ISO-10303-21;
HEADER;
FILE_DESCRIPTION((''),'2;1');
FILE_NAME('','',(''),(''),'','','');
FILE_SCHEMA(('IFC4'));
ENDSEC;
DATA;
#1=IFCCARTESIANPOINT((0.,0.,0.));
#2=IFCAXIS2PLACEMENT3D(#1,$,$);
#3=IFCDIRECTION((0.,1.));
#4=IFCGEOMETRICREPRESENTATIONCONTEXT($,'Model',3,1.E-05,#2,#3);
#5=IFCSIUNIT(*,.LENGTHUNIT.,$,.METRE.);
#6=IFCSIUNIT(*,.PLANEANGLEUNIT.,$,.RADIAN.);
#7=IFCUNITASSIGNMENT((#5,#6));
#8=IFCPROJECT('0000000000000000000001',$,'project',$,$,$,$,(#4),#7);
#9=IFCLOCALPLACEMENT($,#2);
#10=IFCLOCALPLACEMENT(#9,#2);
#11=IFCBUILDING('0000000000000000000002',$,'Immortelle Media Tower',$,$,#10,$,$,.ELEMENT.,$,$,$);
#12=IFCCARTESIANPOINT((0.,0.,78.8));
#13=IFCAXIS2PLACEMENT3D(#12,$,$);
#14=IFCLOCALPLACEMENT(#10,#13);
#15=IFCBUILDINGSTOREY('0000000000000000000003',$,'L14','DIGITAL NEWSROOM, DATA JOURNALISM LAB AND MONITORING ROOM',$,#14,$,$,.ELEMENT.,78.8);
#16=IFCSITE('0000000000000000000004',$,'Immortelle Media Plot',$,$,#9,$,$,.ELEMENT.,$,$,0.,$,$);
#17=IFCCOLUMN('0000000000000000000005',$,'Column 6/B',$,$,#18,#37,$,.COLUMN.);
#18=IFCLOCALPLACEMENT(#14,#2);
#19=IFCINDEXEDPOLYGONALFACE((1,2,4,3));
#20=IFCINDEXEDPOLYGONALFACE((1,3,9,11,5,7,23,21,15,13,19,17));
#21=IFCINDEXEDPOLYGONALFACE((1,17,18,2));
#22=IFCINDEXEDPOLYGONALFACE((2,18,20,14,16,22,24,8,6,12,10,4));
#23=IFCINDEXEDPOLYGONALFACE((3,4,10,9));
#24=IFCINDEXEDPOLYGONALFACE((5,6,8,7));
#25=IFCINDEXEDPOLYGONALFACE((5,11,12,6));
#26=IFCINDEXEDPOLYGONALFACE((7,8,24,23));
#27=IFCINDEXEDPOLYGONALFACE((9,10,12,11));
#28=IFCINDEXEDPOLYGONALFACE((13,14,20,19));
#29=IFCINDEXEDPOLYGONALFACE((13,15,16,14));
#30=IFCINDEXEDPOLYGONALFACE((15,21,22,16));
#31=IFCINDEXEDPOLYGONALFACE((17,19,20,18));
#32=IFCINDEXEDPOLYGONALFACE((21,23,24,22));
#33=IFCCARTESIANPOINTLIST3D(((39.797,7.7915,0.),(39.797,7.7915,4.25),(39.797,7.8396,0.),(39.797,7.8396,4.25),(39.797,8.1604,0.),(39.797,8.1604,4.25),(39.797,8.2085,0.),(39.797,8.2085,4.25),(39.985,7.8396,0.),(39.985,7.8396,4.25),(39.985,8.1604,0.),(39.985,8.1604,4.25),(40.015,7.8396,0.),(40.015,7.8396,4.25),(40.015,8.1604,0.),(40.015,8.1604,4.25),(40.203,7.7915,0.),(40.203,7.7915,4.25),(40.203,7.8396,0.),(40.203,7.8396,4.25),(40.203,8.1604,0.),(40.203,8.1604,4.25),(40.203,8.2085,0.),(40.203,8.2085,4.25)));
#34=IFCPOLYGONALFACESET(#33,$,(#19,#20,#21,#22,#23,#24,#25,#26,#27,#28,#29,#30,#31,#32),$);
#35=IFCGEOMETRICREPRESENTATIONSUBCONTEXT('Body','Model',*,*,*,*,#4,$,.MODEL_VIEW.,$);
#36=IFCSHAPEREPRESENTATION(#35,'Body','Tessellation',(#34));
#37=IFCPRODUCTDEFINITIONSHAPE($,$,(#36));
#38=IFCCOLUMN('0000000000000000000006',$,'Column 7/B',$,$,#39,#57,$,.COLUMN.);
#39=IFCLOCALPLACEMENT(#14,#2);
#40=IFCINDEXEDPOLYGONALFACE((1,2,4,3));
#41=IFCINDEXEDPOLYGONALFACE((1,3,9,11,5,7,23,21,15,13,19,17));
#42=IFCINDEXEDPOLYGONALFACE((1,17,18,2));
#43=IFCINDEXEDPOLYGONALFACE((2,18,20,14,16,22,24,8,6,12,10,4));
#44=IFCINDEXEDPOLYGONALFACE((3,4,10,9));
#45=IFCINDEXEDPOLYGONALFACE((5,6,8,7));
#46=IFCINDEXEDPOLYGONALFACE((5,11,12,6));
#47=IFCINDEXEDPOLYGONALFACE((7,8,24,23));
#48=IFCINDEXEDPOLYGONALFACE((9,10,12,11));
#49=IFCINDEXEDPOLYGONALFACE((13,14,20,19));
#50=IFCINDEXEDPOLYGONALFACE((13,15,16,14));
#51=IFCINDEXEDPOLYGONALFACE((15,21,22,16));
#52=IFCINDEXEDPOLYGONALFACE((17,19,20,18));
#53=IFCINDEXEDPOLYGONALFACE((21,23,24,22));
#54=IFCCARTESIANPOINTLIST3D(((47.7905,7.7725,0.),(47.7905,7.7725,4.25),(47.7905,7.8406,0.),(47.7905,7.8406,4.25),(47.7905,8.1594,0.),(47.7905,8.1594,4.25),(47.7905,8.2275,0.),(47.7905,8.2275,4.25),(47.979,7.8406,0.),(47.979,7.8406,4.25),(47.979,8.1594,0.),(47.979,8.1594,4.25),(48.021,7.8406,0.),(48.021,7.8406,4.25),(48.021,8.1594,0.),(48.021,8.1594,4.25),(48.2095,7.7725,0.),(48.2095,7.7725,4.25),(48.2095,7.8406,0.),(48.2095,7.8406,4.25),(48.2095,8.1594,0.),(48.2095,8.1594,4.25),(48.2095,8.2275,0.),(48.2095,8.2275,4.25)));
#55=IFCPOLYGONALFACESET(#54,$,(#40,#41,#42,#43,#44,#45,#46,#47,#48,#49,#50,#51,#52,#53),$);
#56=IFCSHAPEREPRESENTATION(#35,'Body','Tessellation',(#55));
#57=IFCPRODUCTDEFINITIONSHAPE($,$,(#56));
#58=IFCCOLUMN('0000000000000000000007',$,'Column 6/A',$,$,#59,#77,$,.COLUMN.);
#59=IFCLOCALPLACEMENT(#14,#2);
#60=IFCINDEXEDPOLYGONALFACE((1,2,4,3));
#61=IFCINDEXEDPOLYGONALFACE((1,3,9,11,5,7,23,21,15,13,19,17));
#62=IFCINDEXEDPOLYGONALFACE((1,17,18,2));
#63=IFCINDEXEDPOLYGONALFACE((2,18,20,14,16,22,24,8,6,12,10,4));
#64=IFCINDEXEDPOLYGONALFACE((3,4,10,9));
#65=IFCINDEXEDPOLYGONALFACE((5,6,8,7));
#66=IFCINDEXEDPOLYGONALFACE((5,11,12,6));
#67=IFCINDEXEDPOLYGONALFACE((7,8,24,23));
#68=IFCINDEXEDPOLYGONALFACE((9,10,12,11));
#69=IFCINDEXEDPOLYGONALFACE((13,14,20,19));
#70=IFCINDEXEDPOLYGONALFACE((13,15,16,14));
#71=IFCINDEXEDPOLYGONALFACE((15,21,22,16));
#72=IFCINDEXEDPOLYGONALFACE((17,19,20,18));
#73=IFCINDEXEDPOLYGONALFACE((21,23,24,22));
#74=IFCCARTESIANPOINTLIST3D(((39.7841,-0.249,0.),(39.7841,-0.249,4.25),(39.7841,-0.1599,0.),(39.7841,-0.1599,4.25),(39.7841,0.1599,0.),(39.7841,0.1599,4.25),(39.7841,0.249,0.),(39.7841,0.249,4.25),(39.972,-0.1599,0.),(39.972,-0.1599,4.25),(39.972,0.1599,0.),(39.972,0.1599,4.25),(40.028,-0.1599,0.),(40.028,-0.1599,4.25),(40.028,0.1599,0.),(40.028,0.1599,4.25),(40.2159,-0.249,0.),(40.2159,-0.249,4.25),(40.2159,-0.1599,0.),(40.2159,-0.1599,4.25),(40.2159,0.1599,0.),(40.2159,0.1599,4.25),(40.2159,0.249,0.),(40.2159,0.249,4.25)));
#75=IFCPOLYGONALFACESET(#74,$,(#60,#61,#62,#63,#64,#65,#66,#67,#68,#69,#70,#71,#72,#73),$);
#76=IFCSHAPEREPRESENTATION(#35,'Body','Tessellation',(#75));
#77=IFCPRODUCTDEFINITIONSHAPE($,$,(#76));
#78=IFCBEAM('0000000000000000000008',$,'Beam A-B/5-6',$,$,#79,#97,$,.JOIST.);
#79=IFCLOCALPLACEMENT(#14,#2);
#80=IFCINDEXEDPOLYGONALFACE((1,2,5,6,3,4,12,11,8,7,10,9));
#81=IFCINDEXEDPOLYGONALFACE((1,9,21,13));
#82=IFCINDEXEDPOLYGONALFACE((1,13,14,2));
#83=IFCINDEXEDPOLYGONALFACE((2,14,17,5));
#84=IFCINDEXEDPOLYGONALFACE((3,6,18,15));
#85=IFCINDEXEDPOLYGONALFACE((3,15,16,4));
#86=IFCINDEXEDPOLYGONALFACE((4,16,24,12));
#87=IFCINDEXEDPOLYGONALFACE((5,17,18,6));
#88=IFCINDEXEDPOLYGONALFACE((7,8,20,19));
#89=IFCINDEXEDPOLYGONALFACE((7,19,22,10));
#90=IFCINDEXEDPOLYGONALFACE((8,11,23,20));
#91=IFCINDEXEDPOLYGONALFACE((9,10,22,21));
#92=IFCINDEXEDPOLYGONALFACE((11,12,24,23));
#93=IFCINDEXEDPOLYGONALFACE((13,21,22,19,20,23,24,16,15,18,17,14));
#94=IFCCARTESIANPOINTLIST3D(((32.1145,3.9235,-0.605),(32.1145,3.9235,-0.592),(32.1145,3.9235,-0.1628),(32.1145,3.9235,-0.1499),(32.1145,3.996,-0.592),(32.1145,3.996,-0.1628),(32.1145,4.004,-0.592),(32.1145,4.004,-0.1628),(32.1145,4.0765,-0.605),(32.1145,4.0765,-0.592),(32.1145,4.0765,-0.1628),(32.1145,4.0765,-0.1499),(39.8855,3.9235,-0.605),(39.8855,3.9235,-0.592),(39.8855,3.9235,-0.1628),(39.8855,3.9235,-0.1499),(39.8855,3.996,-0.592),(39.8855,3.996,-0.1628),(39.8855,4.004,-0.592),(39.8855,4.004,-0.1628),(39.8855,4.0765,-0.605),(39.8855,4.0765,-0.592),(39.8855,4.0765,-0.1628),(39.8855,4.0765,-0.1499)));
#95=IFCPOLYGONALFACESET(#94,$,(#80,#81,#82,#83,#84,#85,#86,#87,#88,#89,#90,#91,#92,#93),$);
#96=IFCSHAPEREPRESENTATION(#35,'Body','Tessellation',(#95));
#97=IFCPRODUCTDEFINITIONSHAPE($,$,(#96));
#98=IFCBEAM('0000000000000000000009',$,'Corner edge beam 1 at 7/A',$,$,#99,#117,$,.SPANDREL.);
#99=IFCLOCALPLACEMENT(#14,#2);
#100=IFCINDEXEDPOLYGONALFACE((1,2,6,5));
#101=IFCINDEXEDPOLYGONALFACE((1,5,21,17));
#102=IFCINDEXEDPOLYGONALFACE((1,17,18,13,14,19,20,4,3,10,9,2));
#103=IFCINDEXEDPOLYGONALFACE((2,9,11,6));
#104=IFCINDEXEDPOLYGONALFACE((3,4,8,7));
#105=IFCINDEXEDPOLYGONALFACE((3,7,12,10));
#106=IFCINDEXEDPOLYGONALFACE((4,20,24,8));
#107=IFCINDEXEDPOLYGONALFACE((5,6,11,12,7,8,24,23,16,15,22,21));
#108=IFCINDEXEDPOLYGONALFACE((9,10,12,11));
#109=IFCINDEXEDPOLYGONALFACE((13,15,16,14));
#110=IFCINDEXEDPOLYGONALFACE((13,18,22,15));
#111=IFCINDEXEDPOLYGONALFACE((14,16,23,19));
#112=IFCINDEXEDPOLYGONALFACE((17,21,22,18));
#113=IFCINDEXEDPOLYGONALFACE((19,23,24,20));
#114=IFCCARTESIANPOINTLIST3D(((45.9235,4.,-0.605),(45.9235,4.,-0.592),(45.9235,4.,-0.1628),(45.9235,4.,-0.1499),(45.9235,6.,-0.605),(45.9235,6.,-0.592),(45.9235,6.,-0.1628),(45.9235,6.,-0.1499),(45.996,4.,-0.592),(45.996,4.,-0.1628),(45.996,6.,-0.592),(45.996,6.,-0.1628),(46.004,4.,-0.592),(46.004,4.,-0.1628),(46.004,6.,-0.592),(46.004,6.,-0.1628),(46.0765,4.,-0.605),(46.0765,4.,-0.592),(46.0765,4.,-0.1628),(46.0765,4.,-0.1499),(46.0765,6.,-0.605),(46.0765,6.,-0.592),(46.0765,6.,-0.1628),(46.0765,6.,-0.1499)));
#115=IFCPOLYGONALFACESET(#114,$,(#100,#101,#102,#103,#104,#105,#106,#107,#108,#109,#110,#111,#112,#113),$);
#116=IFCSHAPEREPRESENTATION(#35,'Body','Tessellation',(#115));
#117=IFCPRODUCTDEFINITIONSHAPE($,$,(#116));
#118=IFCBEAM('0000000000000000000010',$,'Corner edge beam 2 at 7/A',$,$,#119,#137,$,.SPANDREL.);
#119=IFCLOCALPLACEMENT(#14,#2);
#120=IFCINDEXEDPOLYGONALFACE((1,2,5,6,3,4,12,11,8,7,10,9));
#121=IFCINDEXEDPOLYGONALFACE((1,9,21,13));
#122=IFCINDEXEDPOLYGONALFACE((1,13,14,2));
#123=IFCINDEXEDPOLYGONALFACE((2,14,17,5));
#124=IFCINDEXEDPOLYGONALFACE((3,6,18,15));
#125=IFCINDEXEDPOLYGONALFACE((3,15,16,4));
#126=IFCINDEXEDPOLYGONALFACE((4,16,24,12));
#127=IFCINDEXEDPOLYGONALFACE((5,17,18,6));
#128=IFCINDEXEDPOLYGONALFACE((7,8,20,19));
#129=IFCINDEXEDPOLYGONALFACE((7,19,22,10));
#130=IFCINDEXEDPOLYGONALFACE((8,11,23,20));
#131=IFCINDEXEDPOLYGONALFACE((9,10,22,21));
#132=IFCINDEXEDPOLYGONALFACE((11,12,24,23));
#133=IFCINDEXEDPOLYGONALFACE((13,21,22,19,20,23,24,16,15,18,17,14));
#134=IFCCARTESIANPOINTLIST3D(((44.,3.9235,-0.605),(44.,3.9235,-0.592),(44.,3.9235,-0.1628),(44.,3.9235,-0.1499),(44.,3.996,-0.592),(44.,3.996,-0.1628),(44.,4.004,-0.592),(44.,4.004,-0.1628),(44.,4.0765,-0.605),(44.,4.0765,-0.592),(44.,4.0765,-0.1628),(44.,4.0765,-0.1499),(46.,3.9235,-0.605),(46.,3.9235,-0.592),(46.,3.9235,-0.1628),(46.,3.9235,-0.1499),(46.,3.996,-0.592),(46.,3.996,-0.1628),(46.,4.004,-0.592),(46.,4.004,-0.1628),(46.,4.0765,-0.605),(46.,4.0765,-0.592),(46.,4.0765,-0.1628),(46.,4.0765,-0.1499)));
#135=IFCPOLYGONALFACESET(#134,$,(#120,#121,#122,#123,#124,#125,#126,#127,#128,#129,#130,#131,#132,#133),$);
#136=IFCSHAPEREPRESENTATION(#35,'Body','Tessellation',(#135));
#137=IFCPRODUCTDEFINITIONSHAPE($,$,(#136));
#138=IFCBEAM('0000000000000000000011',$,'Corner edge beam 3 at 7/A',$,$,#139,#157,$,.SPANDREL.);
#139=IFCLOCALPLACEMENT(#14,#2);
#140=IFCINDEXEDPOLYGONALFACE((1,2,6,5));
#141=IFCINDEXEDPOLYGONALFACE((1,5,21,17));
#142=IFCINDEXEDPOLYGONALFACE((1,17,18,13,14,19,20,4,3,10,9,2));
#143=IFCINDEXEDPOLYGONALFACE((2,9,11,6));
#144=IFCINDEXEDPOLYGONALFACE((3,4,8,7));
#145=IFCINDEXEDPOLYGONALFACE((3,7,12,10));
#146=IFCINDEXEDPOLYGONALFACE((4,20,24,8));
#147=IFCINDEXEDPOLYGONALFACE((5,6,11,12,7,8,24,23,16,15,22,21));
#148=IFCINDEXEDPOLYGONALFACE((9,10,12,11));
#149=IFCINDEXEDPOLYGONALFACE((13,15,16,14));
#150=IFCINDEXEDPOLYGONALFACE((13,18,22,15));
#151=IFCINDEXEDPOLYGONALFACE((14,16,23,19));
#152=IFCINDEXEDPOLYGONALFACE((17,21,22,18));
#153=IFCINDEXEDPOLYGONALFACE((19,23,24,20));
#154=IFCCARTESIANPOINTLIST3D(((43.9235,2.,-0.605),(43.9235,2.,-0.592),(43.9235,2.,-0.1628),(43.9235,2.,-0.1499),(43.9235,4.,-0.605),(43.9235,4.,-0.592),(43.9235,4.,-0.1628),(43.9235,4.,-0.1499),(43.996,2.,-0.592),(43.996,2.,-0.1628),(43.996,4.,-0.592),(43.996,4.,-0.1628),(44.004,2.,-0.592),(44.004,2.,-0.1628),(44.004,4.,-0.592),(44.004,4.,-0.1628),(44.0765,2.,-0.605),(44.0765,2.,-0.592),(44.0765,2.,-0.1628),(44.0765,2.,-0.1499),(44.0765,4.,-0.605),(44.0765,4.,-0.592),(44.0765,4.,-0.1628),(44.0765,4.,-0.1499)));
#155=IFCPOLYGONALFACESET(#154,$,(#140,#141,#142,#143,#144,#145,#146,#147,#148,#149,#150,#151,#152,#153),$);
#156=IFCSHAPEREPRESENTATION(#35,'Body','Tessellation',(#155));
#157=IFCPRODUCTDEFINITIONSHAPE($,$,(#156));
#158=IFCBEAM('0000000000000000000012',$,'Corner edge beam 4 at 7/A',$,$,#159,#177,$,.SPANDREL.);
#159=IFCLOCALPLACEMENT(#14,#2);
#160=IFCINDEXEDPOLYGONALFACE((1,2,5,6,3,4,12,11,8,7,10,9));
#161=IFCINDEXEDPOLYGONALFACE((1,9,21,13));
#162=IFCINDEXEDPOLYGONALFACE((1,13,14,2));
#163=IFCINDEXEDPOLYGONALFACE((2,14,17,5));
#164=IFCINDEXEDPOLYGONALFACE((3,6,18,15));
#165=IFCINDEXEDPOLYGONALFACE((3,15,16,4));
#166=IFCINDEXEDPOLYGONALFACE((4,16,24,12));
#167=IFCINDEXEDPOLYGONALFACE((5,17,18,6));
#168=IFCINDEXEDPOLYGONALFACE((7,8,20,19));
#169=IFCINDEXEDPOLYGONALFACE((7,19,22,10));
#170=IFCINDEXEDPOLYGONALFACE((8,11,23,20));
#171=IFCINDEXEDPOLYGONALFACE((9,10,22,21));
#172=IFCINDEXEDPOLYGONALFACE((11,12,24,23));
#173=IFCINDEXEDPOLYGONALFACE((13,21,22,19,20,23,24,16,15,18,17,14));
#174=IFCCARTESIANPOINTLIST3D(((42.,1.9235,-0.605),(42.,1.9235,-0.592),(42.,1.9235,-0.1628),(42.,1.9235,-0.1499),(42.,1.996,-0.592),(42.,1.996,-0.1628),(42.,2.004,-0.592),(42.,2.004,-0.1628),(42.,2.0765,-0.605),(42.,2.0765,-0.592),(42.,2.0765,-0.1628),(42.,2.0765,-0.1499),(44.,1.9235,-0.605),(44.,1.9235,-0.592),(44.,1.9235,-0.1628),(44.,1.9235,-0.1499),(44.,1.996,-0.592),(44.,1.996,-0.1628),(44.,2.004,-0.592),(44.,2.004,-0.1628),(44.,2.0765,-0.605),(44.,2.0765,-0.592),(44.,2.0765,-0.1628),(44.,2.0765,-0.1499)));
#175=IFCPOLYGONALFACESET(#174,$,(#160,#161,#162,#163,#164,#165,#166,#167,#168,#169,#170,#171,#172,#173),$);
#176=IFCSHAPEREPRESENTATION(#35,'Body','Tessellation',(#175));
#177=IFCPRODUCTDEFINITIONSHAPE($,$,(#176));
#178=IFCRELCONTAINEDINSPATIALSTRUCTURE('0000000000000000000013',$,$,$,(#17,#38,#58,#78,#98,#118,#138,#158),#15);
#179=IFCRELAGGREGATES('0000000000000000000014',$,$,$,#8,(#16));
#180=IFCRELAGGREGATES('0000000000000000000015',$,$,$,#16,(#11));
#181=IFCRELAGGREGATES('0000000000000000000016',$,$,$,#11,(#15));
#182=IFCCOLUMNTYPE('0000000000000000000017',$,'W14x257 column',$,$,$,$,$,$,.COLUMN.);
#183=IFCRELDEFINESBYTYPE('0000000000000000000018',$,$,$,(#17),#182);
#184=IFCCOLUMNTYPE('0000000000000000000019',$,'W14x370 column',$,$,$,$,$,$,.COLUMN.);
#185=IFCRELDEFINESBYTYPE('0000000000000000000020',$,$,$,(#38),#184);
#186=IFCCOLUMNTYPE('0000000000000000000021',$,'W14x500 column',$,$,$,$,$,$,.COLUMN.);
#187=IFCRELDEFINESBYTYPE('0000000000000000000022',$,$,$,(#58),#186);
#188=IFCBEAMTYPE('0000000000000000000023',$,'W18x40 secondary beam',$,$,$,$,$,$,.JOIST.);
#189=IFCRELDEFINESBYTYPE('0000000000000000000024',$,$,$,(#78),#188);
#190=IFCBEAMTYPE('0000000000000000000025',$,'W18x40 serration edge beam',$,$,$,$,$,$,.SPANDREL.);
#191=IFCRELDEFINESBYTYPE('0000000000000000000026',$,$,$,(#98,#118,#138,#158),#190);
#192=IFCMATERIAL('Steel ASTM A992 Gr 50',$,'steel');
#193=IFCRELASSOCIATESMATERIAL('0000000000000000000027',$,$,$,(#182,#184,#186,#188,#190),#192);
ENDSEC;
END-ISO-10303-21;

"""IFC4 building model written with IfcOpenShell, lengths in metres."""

from ifc_helpers import new_model, si_unit, direction, frame, origin, origin_2d, place, context, subcontext, project, spatial, i_section, extrude, material, material_profile, profile_set, type_object, element, save


model = new_model("IFC4")

# Units and contexts
model_context = context("Model", 3, precision=1e-05, world=origin(), true_north=direction((0.0, 1.0)))
body_context = subcontext(model_context, "Body", "Model", "MODEL_VIEW")
ifc_project = project(units=[si_unit("LENGTHUNIT", "METRE"), si_unit("PLANEANGLEUNIT", "RADIAN")], contexts=[model_context])

# Site, building, storey
site_placement = place(None, origin())
site = spatial("IfcSite", under=ifc_project, at=site_placement, Name="Immortelle Media Plot", CompositionType="ELEMENT", RefElevation=0.0)
building_placement = place(site_placement, origin())
building = spatial("IfcBuilding", under=site, at=building_placement, Name="Immortelle Media Tower", CompositionType="ELEMENT")
storey_placement = place(building_placement, frame((0.0, 0.0, 78.8)))
storey = spatial("IfcBuildingStorey", under=building, at=storey_placement, Name="L14", Description="DIGITAL NEWSROOM, DATA JOURNALISM LAB AND MONITORING ROOM", CompositionType="ELEMENT", Elevation=78.8)

# Columns
ifc_material_1 = material(Name="Steel ASTM A992 Gr 50", Category="steel")
ifc_material_profile_1 = material_profile(ifc_material_1, i_section(OverallWidth=0.406, OverallDepth=0.417, WebThickness=0.03, FlangeThickness=0.0481, at=origin_2d()), Name="W14x257")
ifc_profile_set_1 = profile_set([ifc_material_profile_1], Name="Steel ASTM A992 Gr 50")
column_type_1 = type_object("IfcColumnType", Name="W14x257 column", PredefinedType="COLUMN", material=ifc_profile_set_1)
column_1_placement = place(storey_placement, frame((40.0, 8.0, 0.0), z_axis=(0.0, 0.0, 1.0), x_axis=(1.0, 0.0, 0.0)))
element("IfcColumn", 1, at=column_1_placement, inside=storey, type_object=column_type_1, Name="Column 6/B", PredefinedType="COLUMN", context=body_context, shape_type="SweptSolid", body=[
    extrude(i_section(OverallWidth=0.406, OverallDepth=0.417, WebThickness=0.03, FlangeThickness=0.0481, at=origin_2d()), origin(), (0.0, 0.0, 1.0), 4.25),
])
ifc_material_profile_2 = material_profile(ifc_material_1, i_section(OverallWidth=0.4189, OverallDepth=0.4551, WebThickness=0.042, FlangeThickness=0.0681, at=origin_2d()), Name="W14x370")
ifc_profile_set_2 = profile_set([ifc_material_profile_2], Name="Steel ASTM A992 Gr 50")
column_type_2 = type_object("IfcColumnType", Name="W14x370 column", PredefinedType="COLUMN", material=ifc_profile_set_2)
column_2_placement = place(storey_placement, frame((48.0, 8.0, 0.0), z_axis=(0.0, 0.0, 1.0), x_axis=(1.0, 0.0, 0.0)))
element("IfcColumn", 2, at=column_2_placement, inside=storey, type_object=column_type_2, Name="Column 7/B", PredefinedType="COLUMN", context=body_context, shape_type="SweptSolid", body=[
    extrude(i_section(OverallWidth=0.4189, OverallDepth=0.4551, WebThickness=0.042, FlangeThickness=0.0681, at=origin_2d()), origin(), (0.0, 0.0, 1.0), 4.25),
])
ifc_material_profile_3 = material_profile(ifc_material_1, i_section(OverallWidth=0.4319, OverallDepth=0.498, WebThickness=0.0559, FlangeThickness=0.0891, at=origin_2d()), Name="W14x500")
ifc_profile_set_3 = profile_set([ifc_material_profile_3], Name="Steel ASTM A992 Gr 50")
column_type_3 = type_object("IfcColumnType", Name="W14x500 column", PredefinedType="COLUMN", material=ifc_profile_set_3)
column_3_placement = place(storey_placement, frame((40.0, 0.0, 0.0), z_axis=(0.0, 0.0, 1.0), x_axis=(1.0, 0.0, 0.0)))
element("IfcColumn", 3, at=column_3_placement, inside=storey, type_object=column_type_3, Name="Column 6/A", PredefinedType="COLUMN", context=body_context, shape_type="SweptSolid", body=[
    extrude(i_section(OverallWidth=0.4319, OverallDepth=0.498, WebThickness=0.0559, FlangeThickness=0.0891, at=origin_2d()), origin(), (0.0, 0.0, 1.0), 4.25),
])

# Beams
ifc_material_profile_4 = material_profile(ifc_material_1, i_section(OverallWidth=0.1531, OverallDepth=0.4551, WebThickness=0.0081, FlangeThickness=0.0129, at=origin_2d()), Name="W18x40")
ifc_profile_set_4 = profile_set([ifc_material_profile_4], Name="Steel ASTM A992 Gr 50")
beam_type_1 = type_object("IfcBeamType", Name="W18x40 secondary beam", PredefinedType="JOIST", material=ifc_profile_set_4)
beam_1_placement = place(storey_placement, frame((32.1145, 4.0, -0.3774), z_axis=(1.0, 0.0, 0.0), x_axis=(0.0, 1.0, 0.0)))
element("IfcBeam", 4, at=beam_1_placement, inside=storey, type_object=beam_type_1, Name="Beam A-B/5-6", PredefinedType="JOIST", context=body_context, shape_type="SweptSolid", body=[
    extrude(i_section(OverallWidth=0.1531, OverallDepth=0.4551, WebThickness=0.0081, FlangeThickness=0.0129, at=origin_2d()), origin(), (0.0, 0.0, 1.0), 7.771),
])
ifc_material_profile_5 = material_profile(ifc_material_1, i_section(OverallWidth=0.1531, OverallDepth=0.4551, WebThickness=0.0081, FlangeThickness=0.0129, at=origin_2d()), Name="W18x40")
ifc_profile_set_5 = profile_set([ifc_material_profile_5], Name="Steel ASTM A992 Gr 50")
beam_type_2 = type_object("IfcBeamType", Name="W18x40 serration edge beam", PredefinedType="SPANDREL", material=ifc_profile_set_5)
for number, where, z_axis, x_axis, name in (
    (5, (46.0, 6.0, -0.3774), (0.0, -1.0, 0.0), (1.0, 0.0, 0.0), "Corner edge beam 1 at 7/A"),
    (6, (46.0, 4.0, -0.3774), (-1.0, 0.0, 0.0), (0.0, -1.0, 0.0), "Corner edge beam 2 at 7/A"),
    (7, (44.0, 4.0, -0.3774), (0.0, -1.0, 0.0), (1.0, 0.0, 0.0), "Corner edge beam 3 at 7/A"),
    (8, (44.0, 2.0, -0.3774), (-1.0, 0.0, 0.0), (0.0, -1.0, 0.0), "Corner edge beam 4 at 7/A"),
):
    element("IfcBeam", number, at=place(storey_placement, frame(where, z_axis=z_axis, x_axis=x_axis)), inside=storey, type_object=beam_type_2, Name=name, PredefinedType="SPANDREL", context=body_context, shape_type="SweptSolid", body=[
        extrude(i_section(OverallWidth=0.1531, OverallDepth=0.4551, WebThickness=0.0081, FlangeThickness=0.0129, at=origin_2d()), origin(), (0.0, 0.0, 1.0), 2.0),
    ])

save(model, "model.ifc")
